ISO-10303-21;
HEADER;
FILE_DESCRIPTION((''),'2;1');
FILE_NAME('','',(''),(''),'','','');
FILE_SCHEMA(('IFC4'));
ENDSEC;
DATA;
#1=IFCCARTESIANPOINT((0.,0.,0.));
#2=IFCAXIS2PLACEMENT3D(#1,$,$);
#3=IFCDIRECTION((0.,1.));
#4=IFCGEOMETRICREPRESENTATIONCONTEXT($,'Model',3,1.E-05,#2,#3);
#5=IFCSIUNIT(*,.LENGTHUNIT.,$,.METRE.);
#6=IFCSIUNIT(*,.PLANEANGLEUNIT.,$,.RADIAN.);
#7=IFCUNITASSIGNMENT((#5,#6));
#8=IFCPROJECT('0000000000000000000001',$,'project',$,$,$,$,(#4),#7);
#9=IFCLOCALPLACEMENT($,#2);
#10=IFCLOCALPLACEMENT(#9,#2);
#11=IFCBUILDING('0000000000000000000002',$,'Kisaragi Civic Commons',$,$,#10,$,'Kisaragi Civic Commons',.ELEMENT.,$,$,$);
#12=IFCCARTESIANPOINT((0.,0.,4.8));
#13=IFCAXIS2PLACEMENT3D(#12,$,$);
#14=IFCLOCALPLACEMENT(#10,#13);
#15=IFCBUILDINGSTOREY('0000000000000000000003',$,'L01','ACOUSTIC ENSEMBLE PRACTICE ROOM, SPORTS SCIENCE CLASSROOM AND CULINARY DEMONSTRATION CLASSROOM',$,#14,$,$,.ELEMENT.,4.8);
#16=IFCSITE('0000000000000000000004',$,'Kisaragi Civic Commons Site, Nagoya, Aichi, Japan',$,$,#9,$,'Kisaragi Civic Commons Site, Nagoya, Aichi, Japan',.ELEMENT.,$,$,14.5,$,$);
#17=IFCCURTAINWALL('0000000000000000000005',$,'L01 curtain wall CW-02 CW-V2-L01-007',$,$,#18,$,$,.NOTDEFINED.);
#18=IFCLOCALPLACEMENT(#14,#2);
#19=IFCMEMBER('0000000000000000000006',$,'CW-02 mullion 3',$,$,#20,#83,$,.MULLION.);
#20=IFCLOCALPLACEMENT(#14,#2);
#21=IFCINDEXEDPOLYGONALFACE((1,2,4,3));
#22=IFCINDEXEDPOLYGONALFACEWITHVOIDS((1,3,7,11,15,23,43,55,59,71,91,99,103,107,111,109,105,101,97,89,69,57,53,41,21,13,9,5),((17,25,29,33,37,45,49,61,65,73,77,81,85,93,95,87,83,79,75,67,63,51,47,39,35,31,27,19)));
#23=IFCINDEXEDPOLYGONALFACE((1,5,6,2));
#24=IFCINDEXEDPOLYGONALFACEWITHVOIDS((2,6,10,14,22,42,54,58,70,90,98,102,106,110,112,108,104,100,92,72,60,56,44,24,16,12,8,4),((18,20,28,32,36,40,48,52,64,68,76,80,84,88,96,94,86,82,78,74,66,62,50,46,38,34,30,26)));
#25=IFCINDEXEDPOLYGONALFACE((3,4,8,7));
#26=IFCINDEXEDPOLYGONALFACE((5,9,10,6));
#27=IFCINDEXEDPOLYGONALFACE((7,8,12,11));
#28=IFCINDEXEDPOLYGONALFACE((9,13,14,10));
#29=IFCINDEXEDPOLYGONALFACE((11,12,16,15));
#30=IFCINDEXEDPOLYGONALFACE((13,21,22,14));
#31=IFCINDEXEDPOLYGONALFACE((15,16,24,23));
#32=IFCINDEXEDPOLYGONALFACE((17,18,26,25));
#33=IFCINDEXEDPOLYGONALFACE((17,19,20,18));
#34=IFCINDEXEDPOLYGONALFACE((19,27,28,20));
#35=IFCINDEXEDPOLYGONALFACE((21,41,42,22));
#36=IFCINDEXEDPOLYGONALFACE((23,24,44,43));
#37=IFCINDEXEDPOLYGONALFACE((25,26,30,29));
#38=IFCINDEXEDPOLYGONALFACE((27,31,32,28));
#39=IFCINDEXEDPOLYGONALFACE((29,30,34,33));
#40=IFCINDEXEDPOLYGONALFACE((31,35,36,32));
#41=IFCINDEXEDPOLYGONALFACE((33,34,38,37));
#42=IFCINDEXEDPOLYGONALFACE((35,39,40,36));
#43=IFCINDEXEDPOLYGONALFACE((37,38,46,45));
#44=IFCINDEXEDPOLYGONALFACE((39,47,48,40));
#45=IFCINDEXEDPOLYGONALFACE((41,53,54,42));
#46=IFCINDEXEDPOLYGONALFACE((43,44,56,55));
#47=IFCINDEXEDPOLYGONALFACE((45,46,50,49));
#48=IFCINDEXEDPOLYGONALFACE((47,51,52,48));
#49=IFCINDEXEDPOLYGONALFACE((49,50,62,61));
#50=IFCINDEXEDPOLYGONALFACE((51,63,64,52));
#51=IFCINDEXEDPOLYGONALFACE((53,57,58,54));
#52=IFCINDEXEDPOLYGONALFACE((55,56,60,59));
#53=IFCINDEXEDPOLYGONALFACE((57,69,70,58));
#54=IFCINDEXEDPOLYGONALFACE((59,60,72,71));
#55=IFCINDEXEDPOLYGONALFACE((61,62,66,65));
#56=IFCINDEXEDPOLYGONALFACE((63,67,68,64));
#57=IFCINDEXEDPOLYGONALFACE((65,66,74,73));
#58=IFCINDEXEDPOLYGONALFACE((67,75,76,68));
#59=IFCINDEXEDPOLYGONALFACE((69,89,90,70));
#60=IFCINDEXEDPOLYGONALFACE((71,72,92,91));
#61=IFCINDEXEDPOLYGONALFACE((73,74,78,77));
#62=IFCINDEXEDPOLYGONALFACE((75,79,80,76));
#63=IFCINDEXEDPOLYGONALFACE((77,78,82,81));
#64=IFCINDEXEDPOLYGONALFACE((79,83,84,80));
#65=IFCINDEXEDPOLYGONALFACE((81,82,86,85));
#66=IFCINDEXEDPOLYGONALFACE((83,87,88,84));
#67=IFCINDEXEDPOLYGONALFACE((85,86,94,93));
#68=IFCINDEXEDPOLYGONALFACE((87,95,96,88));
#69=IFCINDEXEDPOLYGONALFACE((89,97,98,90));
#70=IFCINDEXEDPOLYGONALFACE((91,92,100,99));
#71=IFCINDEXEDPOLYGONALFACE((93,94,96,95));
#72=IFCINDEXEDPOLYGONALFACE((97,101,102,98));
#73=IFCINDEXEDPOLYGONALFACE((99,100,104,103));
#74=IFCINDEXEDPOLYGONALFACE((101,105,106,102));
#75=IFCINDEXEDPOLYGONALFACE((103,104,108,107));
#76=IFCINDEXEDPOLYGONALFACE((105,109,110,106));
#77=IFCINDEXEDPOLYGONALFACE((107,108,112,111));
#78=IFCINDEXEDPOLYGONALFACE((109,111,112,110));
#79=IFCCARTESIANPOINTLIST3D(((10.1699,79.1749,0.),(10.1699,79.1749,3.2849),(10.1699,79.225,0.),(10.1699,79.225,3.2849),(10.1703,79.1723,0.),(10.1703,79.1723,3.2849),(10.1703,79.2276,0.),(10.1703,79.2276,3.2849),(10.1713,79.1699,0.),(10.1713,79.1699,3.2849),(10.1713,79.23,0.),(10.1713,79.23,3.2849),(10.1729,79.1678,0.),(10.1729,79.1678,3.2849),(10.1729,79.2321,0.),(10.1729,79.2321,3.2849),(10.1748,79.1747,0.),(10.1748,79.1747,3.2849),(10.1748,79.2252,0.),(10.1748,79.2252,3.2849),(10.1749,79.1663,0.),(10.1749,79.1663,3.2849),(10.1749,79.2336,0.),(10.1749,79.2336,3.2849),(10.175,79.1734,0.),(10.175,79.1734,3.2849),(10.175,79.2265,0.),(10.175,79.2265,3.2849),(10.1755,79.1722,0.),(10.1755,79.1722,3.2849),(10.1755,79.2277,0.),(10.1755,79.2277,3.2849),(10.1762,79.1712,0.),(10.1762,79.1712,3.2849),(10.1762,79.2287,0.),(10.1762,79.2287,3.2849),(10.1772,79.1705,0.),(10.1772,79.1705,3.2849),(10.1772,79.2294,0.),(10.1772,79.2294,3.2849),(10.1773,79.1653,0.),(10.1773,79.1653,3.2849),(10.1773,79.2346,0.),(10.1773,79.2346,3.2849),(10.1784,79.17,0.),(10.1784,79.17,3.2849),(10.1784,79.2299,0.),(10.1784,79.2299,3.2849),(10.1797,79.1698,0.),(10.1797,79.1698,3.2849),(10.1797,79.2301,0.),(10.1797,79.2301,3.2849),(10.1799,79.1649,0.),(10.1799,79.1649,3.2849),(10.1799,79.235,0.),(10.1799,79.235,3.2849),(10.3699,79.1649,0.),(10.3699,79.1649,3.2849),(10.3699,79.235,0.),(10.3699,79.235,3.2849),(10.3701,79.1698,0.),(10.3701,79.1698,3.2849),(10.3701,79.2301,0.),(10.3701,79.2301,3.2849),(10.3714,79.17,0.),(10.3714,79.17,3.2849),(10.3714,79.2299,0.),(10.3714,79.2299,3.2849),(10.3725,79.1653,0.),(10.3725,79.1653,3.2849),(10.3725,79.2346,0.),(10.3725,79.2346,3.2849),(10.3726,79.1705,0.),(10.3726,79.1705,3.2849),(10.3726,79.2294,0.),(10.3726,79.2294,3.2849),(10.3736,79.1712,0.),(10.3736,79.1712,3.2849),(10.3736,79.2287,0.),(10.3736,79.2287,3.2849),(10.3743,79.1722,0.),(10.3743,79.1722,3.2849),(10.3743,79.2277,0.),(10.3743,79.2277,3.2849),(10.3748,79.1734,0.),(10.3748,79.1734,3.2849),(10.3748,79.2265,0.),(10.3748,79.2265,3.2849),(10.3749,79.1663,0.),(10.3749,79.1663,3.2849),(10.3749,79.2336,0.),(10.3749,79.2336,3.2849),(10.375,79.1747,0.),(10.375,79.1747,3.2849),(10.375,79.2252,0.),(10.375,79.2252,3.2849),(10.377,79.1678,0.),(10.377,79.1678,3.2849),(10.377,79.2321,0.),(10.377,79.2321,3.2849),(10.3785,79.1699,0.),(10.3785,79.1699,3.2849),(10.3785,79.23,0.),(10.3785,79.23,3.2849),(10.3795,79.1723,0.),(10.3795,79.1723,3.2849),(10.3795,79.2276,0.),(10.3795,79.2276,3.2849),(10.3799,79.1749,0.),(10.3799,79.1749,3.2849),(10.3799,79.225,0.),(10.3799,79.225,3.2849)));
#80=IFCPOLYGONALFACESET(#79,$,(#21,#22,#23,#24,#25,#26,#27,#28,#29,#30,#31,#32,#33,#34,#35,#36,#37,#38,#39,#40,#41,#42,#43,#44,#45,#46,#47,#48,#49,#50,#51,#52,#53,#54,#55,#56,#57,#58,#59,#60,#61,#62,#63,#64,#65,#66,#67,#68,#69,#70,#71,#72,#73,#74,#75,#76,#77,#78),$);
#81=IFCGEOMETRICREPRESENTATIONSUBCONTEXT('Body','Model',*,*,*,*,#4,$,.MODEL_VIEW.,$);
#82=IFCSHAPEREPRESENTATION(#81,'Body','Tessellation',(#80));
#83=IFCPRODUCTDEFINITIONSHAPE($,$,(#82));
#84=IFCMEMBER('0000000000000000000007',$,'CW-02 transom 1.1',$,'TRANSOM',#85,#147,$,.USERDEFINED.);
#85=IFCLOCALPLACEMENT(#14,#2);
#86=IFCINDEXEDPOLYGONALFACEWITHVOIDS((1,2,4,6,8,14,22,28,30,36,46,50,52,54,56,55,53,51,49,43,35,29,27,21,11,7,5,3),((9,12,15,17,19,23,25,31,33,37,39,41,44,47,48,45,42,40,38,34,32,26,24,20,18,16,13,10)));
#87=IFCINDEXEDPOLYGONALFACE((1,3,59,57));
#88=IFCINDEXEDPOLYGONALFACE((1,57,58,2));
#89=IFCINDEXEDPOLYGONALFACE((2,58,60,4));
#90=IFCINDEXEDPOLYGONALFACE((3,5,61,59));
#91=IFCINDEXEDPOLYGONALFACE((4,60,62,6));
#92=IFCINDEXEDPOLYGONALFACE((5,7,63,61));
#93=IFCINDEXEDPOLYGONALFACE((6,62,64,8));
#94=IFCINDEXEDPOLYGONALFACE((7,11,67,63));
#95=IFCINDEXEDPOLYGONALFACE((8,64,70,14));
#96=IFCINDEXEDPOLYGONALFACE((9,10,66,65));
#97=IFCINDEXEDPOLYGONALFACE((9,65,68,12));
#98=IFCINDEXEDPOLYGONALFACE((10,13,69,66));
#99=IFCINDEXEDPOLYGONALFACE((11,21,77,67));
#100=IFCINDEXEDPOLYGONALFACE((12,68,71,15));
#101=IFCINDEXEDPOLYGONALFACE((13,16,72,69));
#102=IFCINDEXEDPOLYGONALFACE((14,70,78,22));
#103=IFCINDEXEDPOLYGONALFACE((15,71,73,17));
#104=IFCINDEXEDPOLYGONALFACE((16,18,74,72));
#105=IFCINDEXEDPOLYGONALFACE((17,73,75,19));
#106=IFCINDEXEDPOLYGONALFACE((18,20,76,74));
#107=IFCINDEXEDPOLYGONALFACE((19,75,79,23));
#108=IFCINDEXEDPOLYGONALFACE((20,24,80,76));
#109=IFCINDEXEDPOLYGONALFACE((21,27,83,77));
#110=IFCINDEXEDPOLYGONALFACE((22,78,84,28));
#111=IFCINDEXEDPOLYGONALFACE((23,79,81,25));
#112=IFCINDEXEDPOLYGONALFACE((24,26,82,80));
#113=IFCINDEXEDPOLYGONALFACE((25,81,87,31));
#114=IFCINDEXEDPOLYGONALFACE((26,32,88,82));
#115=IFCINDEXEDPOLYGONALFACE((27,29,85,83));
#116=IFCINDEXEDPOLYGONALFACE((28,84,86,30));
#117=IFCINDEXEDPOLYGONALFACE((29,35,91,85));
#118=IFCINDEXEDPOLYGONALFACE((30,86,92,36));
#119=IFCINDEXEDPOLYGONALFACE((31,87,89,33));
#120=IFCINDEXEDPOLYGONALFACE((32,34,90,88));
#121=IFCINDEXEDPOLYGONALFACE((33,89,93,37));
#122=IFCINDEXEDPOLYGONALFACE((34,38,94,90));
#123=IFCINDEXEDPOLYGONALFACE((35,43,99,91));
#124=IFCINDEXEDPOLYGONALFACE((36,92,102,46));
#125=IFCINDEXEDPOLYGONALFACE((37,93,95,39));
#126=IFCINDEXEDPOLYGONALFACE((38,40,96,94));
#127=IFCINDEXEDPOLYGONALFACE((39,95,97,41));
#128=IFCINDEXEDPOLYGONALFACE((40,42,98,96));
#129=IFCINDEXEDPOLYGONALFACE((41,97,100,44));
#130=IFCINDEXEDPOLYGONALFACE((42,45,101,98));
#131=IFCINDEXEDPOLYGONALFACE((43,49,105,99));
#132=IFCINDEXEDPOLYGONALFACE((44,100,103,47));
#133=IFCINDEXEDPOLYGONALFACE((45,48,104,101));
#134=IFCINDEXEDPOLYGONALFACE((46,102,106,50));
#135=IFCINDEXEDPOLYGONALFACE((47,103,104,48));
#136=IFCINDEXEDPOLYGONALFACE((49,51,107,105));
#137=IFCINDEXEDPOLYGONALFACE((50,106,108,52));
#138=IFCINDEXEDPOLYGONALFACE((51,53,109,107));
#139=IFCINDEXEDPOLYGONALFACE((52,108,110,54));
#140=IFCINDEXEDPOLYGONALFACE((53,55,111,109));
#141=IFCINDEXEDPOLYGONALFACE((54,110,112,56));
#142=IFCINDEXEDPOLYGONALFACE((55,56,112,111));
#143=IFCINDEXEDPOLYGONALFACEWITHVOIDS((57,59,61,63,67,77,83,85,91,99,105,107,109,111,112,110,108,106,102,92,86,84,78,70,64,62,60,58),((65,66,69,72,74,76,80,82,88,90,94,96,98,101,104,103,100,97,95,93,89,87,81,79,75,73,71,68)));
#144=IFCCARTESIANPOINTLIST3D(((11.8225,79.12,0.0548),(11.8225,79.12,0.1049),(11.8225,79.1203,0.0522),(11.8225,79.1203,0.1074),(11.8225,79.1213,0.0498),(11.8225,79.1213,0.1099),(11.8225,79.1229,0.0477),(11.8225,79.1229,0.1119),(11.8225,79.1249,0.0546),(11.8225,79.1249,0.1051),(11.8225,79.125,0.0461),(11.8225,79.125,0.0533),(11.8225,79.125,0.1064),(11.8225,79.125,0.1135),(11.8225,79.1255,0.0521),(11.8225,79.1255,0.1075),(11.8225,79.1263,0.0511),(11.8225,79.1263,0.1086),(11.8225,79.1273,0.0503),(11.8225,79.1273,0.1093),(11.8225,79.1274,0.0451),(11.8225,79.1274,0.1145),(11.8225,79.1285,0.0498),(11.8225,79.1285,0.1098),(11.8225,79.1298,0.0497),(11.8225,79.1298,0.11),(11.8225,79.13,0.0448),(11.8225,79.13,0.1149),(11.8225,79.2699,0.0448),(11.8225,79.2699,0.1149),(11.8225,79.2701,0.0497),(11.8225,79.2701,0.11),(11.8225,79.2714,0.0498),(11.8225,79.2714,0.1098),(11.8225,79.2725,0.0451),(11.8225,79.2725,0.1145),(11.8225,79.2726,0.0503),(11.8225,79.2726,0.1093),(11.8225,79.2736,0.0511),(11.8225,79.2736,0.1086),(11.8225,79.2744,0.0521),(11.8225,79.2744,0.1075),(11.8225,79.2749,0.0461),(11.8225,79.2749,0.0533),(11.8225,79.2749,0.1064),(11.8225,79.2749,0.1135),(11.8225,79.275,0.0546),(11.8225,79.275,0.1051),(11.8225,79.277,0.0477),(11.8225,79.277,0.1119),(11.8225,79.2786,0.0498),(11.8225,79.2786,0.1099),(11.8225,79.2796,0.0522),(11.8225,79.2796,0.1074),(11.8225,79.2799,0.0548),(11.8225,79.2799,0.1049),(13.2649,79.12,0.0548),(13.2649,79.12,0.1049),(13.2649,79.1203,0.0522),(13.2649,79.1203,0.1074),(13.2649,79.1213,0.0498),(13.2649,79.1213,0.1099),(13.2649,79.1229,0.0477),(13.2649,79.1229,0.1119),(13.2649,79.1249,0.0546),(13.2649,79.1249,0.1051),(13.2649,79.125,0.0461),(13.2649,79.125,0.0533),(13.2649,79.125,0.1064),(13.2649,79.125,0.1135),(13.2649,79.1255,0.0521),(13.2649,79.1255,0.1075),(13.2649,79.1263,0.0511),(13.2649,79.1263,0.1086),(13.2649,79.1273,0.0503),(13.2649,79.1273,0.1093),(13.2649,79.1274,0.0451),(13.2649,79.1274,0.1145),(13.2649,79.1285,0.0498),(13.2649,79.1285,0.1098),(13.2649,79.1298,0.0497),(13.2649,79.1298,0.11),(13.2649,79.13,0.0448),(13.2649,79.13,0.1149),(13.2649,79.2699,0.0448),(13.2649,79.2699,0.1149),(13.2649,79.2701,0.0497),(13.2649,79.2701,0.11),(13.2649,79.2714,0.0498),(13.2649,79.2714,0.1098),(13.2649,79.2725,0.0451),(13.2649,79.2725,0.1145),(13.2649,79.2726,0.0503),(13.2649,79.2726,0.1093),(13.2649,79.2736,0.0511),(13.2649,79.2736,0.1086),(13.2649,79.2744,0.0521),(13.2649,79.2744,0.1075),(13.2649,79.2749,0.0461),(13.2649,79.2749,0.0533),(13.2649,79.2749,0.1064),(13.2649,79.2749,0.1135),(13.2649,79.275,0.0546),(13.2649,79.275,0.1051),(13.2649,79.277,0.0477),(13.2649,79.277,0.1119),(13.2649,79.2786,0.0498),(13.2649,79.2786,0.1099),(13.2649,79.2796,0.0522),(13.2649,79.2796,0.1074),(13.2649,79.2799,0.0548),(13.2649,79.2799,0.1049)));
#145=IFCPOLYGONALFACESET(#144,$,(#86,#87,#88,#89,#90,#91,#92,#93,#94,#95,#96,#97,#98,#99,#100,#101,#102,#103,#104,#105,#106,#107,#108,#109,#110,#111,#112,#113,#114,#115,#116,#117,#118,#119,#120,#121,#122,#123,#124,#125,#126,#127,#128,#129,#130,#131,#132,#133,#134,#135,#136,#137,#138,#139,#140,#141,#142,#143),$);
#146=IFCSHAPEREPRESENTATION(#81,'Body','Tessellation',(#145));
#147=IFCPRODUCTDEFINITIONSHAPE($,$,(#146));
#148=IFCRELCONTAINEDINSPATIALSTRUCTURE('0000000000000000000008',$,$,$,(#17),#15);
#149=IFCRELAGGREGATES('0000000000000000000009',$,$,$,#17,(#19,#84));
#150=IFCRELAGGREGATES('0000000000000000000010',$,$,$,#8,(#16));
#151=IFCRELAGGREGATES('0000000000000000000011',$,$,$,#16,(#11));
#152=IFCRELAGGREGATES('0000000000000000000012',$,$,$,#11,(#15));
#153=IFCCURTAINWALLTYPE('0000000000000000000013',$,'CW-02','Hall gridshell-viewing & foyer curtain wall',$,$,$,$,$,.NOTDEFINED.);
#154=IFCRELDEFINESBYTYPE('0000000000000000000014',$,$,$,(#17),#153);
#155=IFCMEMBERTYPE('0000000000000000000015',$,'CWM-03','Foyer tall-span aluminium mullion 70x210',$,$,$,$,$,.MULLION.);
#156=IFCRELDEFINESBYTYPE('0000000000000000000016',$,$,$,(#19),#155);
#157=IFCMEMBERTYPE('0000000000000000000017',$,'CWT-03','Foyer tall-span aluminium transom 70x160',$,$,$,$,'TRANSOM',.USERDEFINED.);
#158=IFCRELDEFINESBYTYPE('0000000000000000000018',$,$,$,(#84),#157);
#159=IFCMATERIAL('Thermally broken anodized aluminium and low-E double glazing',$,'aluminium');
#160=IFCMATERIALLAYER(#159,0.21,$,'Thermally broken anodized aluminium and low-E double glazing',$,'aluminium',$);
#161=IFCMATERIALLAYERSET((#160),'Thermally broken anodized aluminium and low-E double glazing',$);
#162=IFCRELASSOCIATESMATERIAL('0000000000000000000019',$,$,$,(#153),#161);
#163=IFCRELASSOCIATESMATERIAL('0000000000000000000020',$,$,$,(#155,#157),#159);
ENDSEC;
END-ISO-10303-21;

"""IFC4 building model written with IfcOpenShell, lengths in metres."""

from ifc_helpers import new_model, si_unit, direction, frame, origin, origin_2d, place, context, subcontext, project, spatial, hollow_rectangle, extrude, material, layer, layer_set, material_profile, profile_set, type_object, element, aggregate, save


model = new_model("IFC4")

# Units and contexts
model_context = context("Model", 3, precision=1e-05, world=origin(), true_north=direction((0.0, 1.0)))
body_context = subcontext(model_context, "Body", "Model", "MODEL_VIEW")
ifc_project = project(units=[si_unit("LENGTHUNIT", "METRE"), si_unit("PLANEANGLEUNIT", "RADIAN")], contexts=[model_context])

# Site, building, storey
site_placement = place(None, origin())
site = spatial("IfcSite", under=ifc_project, at=site_placement, Name="Kisaragi Civic Commons Site, Nagoya, Aichi, Japan", LongName="Kisaragi Civic Commons Site, Nagoya, Aichi, Japan", CompositionType="ELEMENT", RefElevation=14.5)
building_placement = place(site_placement, origin())
building = spatial("IfcBuilding", under=site, at=building_placement, Name="Kisaragi Civic Commons", LongName="Kisaragi Civic Commons", CompositionType="ELEMENT")
storey_placement = place(building_placement, frame((0.0, 0.0, 4.8)))
storey = spatial("IfcBuildingStorey", under=building, at=storey_placement, Name="L01", Description="ACOUSTIC ENSEMBLE PRACTICE ROOM, SPORTS SCIENCE CLASSROOM AND CULINARY DEMONSTRATION CLASSROOM", CompositionType="ELEMENT", Elevation=4.8)

# Curtain wall, members
ifc_material_1 = material(Name="Thermally broken anodized aluminium and low-E double glazing", Category="aluminium")
ifc_layer_1 = layer(ifc_material_1, 0.21, Name="Thermally broken anodized aluminium and low-E double glazing", Category="aluminium")
ifc_layer_set_1 = layer_set([ifc_layer_1], Name="Thermally broken anodized aluminium and low-E double glazing")
curtain_wall_type = type_object("IfcCurtainWallType", Name="CW-02", Description="Hall gridshell-viewing & foyer curtain wall", PredefinedType="NOTDEFINED", material=ifc_layer_set_1)
curtain_wall_placement = place(storey_placement, origin())
curtain_wall = element("IfcCurtainWall", 1, at=curtain_wall_placement, inside=storey, type_object=curtain_wall_type, Name="L01 curtain wall CW-02 CW-V2-L01-007", PredefinedType="NOTDEFINED")
ifc_material_profile_1 = material_profile(ifc_material_1, hollow_rectangle(XDim=0.0701, YDim=0.21, WallThickness=0.0049, InnerFilletRadius=0.0049, OuterFilletRadius=0.01, at=origin_2d()), Name="CWM-70x210x5", Category="aluminium")
ifc_profile_set_1 = profile_set([ifc_material_profile_1], Name="Thermally broken anodized aluminium and low-E double glazing")
member_type_1 = type_object("IfcMemberType", Name="CWM-03", Description="Foyer tall-span aluminium mullion 70x210", PredefinedType="MULLION", material=ifc_profile_set_1)
member_1_placement = place(storey_placement, frame((10.2749, 79.2, 0.0), z_axis=(0.0, 0.0, 1.0), x_axis=(0.0, -1.0, 0.0)))
member_1 = element("IfcMember", 2, at=member_1_placement, type_object=member_type_1, Name="CW-02 mullion 3", PredefinedType="MULLION", context=body_context, shape_type="SweptSolid", body=[
    extrude(hollow_rectangle(XDim=0.0701, YDim=0.21, WallThickness=0.0049, InnerFilletRadius=0.0049, OuterFilletRadius=0.01, at=origin_2d()), origin(), (0.0, 0.0, 1.0), 3.2849),
])
ifc_material_profile_2 = material_profile(ifc_material_1, hollow_rectangle(XDim=0.1599, YDim=0.0701, WallThickness=0.0049, InnerFilletRadius=0.0049, OuterFilletRadius=0.01, at=origin_2d()), Name="CWT-70x160x5", Category="aluminium")
ifc_profile_set_2 = profile_set([ifc_material_profile_2], Name="Thermally broken anodized aluminium and low-E double glazing")
member_type_2 = type_object("IfcMemberType", Name="CWT-03", Description="Foyer tall-span aluminium transom 70x160", ElementType="TRANSOM", PredefinedType="USERDEFINED", material=ifc_profile_set_2)
member_2_placement = place(storey_placement, frame((13.2649, 79.2, 0.0798), z_axis=(-1.0, 0.0, 0.0), x_axis=(0.0, -1.0, 0.0)))
member_2 = element("IfcMember", 3, at=member_2_placement, type_object=member_type_2, Name="CW-02 transom 1.1", ObjectType="TRANSOM", PredefinedType="USERDEFINED", context=body_context, shape_type="SweptSolid", body=[
    extrude(hollow_rectangle(XDim=0.1599, YDim=0.0701, WallThickness=0.0049, InnerFilletRadius=0.0049, OuterFilletRadius=0.01, at=origin_2d()), origin(), (0.0, 0.0, 1.0), 1.4424),
])

aggregate(curtain_wall, [member_1, member_2])

save(model, "model.ifc")
